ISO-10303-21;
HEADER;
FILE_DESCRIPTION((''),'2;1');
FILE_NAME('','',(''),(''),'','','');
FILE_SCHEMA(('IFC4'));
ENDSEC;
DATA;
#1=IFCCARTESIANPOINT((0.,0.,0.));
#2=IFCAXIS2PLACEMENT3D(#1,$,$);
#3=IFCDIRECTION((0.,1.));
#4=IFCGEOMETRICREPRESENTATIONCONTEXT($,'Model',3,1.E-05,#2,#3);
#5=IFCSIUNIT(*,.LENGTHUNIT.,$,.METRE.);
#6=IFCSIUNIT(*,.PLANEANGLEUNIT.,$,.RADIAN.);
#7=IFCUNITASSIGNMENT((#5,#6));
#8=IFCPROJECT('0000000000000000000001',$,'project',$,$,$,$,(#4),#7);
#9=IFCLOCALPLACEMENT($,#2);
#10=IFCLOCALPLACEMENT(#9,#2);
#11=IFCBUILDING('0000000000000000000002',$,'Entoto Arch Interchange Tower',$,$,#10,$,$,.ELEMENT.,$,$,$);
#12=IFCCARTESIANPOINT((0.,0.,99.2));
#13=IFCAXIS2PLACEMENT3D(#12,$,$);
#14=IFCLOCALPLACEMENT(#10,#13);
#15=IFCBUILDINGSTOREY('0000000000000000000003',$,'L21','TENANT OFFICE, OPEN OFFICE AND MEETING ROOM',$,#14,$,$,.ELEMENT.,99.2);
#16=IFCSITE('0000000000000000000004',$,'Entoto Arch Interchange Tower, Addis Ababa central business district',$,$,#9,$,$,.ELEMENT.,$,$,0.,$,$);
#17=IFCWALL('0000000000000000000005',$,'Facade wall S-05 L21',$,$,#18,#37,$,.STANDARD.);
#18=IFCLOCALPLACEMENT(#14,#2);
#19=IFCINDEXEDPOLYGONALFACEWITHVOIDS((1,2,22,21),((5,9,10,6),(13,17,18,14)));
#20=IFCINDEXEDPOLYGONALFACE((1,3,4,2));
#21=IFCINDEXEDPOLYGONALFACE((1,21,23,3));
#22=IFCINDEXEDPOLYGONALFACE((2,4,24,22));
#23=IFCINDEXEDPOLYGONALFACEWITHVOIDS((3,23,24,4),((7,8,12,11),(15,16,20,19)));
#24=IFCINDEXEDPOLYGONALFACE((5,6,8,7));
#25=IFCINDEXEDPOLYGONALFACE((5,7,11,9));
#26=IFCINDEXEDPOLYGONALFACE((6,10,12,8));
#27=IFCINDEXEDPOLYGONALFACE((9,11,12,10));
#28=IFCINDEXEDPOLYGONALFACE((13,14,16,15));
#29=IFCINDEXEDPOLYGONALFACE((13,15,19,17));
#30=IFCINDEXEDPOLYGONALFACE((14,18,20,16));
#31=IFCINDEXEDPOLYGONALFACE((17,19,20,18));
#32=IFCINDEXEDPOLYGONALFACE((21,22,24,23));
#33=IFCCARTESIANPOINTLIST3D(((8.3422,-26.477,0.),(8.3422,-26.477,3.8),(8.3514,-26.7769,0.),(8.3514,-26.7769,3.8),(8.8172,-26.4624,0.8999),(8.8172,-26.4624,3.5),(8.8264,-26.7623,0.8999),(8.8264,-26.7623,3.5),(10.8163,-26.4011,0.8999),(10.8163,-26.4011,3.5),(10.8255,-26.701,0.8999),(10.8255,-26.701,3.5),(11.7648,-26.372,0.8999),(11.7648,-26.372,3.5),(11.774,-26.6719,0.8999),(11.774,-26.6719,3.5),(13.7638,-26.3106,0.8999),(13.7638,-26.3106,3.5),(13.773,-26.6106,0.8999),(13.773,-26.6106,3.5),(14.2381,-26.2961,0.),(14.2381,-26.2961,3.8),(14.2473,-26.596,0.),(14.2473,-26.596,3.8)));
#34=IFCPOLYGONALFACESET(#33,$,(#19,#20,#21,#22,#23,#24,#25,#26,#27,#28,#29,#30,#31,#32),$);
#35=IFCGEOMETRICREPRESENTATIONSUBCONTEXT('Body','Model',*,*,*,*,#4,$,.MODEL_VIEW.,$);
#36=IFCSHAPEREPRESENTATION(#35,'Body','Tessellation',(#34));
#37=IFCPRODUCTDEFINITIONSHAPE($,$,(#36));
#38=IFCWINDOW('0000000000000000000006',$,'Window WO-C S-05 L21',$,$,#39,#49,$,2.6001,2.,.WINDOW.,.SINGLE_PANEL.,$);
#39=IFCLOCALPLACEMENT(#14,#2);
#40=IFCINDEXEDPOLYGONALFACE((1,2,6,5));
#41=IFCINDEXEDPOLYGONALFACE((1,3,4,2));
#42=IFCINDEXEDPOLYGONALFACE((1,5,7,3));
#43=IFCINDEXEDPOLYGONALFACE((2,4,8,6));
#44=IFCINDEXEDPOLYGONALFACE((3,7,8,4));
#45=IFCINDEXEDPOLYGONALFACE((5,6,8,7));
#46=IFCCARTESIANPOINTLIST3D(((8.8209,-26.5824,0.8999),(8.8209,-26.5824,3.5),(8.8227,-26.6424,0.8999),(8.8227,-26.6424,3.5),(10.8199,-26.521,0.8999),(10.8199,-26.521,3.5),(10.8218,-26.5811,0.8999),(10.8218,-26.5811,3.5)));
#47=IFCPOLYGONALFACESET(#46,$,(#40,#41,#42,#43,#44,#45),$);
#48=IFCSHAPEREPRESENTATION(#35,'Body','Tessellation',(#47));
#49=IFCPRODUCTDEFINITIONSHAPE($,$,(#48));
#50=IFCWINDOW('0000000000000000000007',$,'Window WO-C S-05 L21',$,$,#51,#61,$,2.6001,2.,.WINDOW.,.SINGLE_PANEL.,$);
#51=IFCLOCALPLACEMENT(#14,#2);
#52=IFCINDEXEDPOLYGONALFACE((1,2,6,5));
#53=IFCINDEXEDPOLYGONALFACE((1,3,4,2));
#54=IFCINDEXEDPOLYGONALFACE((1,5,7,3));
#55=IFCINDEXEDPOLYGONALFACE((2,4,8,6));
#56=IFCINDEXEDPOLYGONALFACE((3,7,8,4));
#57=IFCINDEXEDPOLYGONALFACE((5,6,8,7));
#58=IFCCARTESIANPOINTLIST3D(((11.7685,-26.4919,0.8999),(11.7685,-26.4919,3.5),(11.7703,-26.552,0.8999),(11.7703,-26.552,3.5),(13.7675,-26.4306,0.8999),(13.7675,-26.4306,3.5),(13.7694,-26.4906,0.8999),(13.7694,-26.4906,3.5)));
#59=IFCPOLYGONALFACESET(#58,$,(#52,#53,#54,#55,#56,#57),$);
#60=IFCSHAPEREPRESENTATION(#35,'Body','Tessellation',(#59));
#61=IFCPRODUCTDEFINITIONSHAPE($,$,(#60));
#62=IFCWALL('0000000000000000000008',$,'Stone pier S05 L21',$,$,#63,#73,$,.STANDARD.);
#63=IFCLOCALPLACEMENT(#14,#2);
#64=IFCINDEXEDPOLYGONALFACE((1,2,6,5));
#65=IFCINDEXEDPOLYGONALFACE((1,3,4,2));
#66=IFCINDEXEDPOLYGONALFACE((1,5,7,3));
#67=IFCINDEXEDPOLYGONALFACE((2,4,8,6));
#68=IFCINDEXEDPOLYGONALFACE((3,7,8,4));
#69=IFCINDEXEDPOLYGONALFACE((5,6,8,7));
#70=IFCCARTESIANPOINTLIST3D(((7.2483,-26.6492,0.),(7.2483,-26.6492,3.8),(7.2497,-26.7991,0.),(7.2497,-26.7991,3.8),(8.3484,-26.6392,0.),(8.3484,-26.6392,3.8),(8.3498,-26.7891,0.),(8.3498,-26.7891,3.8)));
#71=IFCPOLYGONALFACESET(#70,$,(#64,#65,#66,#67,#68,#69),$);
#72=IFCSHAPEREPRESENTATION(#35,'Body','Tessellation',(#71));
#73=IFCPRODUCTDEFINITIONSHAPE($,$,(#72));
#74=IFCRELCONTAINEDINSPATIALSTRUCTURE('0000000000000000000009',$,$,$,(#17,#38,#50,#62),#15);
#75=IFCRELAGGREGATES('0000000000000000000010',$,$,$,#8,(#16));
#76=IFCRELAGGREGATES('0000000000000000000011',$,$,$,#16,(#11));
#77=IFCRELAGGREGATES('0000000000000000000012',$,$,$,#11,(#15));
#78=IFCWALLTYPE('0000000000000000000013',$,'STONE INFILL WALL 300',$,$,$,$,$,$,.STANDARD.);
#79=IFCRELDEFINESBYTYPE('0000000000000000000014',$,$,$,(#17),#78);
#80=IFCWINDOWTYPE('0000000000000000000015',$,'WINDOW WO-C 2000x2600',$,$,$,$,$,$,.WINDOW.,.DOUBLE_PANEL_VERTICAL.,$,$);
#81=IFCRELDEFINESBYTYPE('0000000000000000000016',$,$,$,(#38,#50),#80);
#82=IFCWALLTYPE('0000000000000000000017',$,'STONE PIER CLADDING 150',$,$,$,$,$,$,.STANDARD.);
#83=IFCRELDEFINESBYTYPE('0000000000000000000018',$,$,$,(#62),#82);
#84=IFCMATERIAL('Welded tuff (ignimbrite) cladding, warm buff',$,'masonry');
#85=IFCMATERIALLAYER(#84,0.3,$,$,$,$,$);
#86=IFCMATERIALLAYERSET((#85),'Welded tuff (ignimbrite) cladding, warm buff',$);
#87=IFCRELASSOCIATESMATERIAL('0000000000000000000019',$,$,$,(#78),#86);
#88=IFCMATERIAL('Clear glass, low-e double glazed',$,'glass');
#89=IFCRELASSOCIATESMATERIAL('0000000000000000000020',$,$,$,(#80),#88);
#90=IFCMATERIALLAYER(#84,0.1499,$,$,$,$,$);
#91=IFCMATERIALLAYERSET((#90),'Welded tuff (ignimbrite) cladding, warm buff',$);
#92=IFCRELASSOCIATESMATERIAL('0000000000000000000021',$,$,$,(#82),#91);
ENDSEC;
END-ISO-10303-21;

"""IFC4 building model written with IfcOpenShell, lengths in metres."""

from ifc_helpers import new_model, si_unit, direction, frame, frame_2d, origin, place, context, subcontext, project, spatial, rectangle, extrude, material, layer, layer_set, type_object, element, fill, save


model = new_model("IFC4")

# Units and contexts
model_context = context("Model", 3, precision=1e-05, world=origin(), true_north=direction((0.0, 1.0)))
body_context = subcontext(model_context, "Body", "Model", "MODEL_VIEW")
ifc_project = project(units=[si_unit("LENGTHUNIT", "METRE"), si_unit("PLANEANGLEUNIT", "RADIAN")], contexts=[model_context])

# Site, building, storey
site_placement = place(None, origin())
site = spatial("IfcSite", under=ifc_project, at=site_placement, Name="Entoto Arch Interchange Tower, Addis Ababa central business district", CompositionType="ELEMENT", RefElevation=0.0)
building_placement = place(site_placement, origin())
building = spatial("IfcBuilding", under=site, at=building_placement, Name="Entoto Arch Interchange Tower", CompositionType="ELEMENT")
storey_placement = place(building_placement, frame((0.0, 0.0, 99.2)))
storey = spatial("IfcBuildingStorey", under=building, at=storey_placement, Name="L21", Description="TENANT OFFICE, OPEN OFFICE AND MEETING ROOM", CompositionType="ELEMENT", Elevation=99.2)

# Shared definitions
ifc_material_1 = material(Name="Clear glass, low-e double glazed", Category="glass")

# Wall, openings, windows
ifc_material_2 = material(Name="Welded tuff (ignimbrite) cladding, warm buff", Category="masonry")
ifc_layer_1 = layer(ifc_material_2, 0.3)
ifc_layer_set_1 = layer_set([ifc_layer_1], Name="Welded tuff (ignimbrite) cladding, warm buff")
wall_type_1 = type_object("IfcWallType", Name="STONE INFILL WALL 300", PredefinedType="STANDARD", material=ifc_layer_set_1)
wall_1_placement = place(storey_placement, frame((8.3469, -26.627, 0.0), z_axis=(0.0, 0.0, 1.0), x_axis=(0.99953, 0.030669, 0.0)))
wall_1 = element("IfcWall", 1, at=wall_1_placement, inside=storey, type_object=wall_type_1, Name="Facade wall S-05 L21", PredefinedType="STANDARD", context=body_context, shape_type="SweptSolid", body=[
    extrude(rectangle(XDim=5.8987, YDim=0.3, at=frame_2d((2.9492, 0.0))), origin(), (0.0, 0.0, 1.0), 3.8),
])
opening_1_placement = place(wall_1_placement, frame((0.4751, 0.0, 0.8999)))
opening_1 = element("IfcOpeningElement", 2, at=opening_1_placement, cuts=wall_1, PredefinedType="OPENING", context=body_context, shape_type="SweptSolid", body=[
    extrude(rectangle(XDim=2.0, YDim=2.6001, at=frame_2d((1.0, 1.3))), frame((0.0, 0.1602, 0.0), z_axis=(0.0, -1.0, 0.0), x_axis=(1.0, 0.0, 0.0)), (0.0, 0.0, 1.0), 0.3201),
])
opening_2_placement = place(wall_1_placement, frame((3.4241, 0.0, 0.8999)))
opening_2 = element("IfcOpeningElement", 3, at=opening_2_placement, cuts=wall_1, PredefinedType="OPENING", context=body_context, shape_type="SweptSolid", body=[
    extrude(rectangle(XDim=2.0, YDim=2.6001, at=frame_2d((1.0, 1.3))), frame((0.0, 0.1602, 0.0), z_axis=(0.0, -1.0, 0.0), x_axis=(1.0, 0.0, 0.0)), (0.0, 0.0, 1.0), 0.3201),
])
window_type = type_object("IfcWindowType", Name="WINDOW WO-C 2000x2600", PartitioningType="DOUBLE_PANEL_VERTICAL", PredefinedType="WINDOW", material=ifc_material_1)
window_1_placement = place(opening_1_placement, origin())
window_1 = element("IfcWindow", 4, at=window_1_placement, inside=storey, type_object=window_type, Name="Window WO-C S-05 L21", OverallHeight=2.6001, OverallWidth=2.0, PartitioningType="SINGLE_PANEL", PredefinedType="WINDOW", context=body_context, shape_type="SweptSolid", body=[
    extrude(rectangle(XDim=2.0, YDim=2.6001, at=frame_2d((1.0, 1.3))), frame((0.0, 0.03, 0.0), z_axis=(0.0, -1.0, 0.0), x_axis=(1.0, 0.0, 0.0)), (0.0, 0.0, 1.0), 0.0601),
])
fill(opening_1, window_1)
window_2_placement = place(opening_2_placement, origin())
window_2 = element("IfcWindow", 5, at=window_2_placement, inside=storey, type_object=window_type, Name="Window WO-C S-05 L21", OverallHeight=2.6001, OverallWidth=2.0, PartitioningType="SINGLE_PANEL", PredefinedType="WINDOW", context=body_context, shape_type="SweptSolid", body=[
    extrude(rectangle(XDim=2.0, YDim=2.6001, at=frame_2d((1.0, 1.3))), frame((0.0, 0.03, 0.0), z_axis=(0.0, -1.0, 0.0), x_axis=(1.0, 0.0, 0.0)), (0.0, 0.0, 1.0), 0.0601),
])
fill(opening_2, window_2)

# Wall
ifc_layer_2 = layer(ifc_material_2, 0.1499)
ifc_layer_set_2 = layer_set([ifc_layer_2], Name="Welded tuff (ignimbrite) cladding, warm buff")
wall_type_2 = type_object("IfcWallType", Name="STONE PIER CLADDING 150", PredefinedType="STANDARD", material=ifc_layer_set_2)
wall_2_placement = place(storey_placement, frame((7.249, -26.7241, 0.0), z_axis=(0.0, 0.0, 1.0), x_axis=(0.999959, 0.009099, 0.0)))
element("IfcWall", 6, at=wall_2_placement, inside=storey, type_object=wall_type_2, Name="Stone pier S05 L21", PredefinedType="STANDARD", context=body_context, shape_type="SweptSolid", body=[
    extrude(rectangle(XDim=1.1001, YDim=0.1499, at=frame_2d((0.55, 0.0))), origin(), (0.0, 0.0, 1.0), 3.8),
])

save(model, "model.ifc")
